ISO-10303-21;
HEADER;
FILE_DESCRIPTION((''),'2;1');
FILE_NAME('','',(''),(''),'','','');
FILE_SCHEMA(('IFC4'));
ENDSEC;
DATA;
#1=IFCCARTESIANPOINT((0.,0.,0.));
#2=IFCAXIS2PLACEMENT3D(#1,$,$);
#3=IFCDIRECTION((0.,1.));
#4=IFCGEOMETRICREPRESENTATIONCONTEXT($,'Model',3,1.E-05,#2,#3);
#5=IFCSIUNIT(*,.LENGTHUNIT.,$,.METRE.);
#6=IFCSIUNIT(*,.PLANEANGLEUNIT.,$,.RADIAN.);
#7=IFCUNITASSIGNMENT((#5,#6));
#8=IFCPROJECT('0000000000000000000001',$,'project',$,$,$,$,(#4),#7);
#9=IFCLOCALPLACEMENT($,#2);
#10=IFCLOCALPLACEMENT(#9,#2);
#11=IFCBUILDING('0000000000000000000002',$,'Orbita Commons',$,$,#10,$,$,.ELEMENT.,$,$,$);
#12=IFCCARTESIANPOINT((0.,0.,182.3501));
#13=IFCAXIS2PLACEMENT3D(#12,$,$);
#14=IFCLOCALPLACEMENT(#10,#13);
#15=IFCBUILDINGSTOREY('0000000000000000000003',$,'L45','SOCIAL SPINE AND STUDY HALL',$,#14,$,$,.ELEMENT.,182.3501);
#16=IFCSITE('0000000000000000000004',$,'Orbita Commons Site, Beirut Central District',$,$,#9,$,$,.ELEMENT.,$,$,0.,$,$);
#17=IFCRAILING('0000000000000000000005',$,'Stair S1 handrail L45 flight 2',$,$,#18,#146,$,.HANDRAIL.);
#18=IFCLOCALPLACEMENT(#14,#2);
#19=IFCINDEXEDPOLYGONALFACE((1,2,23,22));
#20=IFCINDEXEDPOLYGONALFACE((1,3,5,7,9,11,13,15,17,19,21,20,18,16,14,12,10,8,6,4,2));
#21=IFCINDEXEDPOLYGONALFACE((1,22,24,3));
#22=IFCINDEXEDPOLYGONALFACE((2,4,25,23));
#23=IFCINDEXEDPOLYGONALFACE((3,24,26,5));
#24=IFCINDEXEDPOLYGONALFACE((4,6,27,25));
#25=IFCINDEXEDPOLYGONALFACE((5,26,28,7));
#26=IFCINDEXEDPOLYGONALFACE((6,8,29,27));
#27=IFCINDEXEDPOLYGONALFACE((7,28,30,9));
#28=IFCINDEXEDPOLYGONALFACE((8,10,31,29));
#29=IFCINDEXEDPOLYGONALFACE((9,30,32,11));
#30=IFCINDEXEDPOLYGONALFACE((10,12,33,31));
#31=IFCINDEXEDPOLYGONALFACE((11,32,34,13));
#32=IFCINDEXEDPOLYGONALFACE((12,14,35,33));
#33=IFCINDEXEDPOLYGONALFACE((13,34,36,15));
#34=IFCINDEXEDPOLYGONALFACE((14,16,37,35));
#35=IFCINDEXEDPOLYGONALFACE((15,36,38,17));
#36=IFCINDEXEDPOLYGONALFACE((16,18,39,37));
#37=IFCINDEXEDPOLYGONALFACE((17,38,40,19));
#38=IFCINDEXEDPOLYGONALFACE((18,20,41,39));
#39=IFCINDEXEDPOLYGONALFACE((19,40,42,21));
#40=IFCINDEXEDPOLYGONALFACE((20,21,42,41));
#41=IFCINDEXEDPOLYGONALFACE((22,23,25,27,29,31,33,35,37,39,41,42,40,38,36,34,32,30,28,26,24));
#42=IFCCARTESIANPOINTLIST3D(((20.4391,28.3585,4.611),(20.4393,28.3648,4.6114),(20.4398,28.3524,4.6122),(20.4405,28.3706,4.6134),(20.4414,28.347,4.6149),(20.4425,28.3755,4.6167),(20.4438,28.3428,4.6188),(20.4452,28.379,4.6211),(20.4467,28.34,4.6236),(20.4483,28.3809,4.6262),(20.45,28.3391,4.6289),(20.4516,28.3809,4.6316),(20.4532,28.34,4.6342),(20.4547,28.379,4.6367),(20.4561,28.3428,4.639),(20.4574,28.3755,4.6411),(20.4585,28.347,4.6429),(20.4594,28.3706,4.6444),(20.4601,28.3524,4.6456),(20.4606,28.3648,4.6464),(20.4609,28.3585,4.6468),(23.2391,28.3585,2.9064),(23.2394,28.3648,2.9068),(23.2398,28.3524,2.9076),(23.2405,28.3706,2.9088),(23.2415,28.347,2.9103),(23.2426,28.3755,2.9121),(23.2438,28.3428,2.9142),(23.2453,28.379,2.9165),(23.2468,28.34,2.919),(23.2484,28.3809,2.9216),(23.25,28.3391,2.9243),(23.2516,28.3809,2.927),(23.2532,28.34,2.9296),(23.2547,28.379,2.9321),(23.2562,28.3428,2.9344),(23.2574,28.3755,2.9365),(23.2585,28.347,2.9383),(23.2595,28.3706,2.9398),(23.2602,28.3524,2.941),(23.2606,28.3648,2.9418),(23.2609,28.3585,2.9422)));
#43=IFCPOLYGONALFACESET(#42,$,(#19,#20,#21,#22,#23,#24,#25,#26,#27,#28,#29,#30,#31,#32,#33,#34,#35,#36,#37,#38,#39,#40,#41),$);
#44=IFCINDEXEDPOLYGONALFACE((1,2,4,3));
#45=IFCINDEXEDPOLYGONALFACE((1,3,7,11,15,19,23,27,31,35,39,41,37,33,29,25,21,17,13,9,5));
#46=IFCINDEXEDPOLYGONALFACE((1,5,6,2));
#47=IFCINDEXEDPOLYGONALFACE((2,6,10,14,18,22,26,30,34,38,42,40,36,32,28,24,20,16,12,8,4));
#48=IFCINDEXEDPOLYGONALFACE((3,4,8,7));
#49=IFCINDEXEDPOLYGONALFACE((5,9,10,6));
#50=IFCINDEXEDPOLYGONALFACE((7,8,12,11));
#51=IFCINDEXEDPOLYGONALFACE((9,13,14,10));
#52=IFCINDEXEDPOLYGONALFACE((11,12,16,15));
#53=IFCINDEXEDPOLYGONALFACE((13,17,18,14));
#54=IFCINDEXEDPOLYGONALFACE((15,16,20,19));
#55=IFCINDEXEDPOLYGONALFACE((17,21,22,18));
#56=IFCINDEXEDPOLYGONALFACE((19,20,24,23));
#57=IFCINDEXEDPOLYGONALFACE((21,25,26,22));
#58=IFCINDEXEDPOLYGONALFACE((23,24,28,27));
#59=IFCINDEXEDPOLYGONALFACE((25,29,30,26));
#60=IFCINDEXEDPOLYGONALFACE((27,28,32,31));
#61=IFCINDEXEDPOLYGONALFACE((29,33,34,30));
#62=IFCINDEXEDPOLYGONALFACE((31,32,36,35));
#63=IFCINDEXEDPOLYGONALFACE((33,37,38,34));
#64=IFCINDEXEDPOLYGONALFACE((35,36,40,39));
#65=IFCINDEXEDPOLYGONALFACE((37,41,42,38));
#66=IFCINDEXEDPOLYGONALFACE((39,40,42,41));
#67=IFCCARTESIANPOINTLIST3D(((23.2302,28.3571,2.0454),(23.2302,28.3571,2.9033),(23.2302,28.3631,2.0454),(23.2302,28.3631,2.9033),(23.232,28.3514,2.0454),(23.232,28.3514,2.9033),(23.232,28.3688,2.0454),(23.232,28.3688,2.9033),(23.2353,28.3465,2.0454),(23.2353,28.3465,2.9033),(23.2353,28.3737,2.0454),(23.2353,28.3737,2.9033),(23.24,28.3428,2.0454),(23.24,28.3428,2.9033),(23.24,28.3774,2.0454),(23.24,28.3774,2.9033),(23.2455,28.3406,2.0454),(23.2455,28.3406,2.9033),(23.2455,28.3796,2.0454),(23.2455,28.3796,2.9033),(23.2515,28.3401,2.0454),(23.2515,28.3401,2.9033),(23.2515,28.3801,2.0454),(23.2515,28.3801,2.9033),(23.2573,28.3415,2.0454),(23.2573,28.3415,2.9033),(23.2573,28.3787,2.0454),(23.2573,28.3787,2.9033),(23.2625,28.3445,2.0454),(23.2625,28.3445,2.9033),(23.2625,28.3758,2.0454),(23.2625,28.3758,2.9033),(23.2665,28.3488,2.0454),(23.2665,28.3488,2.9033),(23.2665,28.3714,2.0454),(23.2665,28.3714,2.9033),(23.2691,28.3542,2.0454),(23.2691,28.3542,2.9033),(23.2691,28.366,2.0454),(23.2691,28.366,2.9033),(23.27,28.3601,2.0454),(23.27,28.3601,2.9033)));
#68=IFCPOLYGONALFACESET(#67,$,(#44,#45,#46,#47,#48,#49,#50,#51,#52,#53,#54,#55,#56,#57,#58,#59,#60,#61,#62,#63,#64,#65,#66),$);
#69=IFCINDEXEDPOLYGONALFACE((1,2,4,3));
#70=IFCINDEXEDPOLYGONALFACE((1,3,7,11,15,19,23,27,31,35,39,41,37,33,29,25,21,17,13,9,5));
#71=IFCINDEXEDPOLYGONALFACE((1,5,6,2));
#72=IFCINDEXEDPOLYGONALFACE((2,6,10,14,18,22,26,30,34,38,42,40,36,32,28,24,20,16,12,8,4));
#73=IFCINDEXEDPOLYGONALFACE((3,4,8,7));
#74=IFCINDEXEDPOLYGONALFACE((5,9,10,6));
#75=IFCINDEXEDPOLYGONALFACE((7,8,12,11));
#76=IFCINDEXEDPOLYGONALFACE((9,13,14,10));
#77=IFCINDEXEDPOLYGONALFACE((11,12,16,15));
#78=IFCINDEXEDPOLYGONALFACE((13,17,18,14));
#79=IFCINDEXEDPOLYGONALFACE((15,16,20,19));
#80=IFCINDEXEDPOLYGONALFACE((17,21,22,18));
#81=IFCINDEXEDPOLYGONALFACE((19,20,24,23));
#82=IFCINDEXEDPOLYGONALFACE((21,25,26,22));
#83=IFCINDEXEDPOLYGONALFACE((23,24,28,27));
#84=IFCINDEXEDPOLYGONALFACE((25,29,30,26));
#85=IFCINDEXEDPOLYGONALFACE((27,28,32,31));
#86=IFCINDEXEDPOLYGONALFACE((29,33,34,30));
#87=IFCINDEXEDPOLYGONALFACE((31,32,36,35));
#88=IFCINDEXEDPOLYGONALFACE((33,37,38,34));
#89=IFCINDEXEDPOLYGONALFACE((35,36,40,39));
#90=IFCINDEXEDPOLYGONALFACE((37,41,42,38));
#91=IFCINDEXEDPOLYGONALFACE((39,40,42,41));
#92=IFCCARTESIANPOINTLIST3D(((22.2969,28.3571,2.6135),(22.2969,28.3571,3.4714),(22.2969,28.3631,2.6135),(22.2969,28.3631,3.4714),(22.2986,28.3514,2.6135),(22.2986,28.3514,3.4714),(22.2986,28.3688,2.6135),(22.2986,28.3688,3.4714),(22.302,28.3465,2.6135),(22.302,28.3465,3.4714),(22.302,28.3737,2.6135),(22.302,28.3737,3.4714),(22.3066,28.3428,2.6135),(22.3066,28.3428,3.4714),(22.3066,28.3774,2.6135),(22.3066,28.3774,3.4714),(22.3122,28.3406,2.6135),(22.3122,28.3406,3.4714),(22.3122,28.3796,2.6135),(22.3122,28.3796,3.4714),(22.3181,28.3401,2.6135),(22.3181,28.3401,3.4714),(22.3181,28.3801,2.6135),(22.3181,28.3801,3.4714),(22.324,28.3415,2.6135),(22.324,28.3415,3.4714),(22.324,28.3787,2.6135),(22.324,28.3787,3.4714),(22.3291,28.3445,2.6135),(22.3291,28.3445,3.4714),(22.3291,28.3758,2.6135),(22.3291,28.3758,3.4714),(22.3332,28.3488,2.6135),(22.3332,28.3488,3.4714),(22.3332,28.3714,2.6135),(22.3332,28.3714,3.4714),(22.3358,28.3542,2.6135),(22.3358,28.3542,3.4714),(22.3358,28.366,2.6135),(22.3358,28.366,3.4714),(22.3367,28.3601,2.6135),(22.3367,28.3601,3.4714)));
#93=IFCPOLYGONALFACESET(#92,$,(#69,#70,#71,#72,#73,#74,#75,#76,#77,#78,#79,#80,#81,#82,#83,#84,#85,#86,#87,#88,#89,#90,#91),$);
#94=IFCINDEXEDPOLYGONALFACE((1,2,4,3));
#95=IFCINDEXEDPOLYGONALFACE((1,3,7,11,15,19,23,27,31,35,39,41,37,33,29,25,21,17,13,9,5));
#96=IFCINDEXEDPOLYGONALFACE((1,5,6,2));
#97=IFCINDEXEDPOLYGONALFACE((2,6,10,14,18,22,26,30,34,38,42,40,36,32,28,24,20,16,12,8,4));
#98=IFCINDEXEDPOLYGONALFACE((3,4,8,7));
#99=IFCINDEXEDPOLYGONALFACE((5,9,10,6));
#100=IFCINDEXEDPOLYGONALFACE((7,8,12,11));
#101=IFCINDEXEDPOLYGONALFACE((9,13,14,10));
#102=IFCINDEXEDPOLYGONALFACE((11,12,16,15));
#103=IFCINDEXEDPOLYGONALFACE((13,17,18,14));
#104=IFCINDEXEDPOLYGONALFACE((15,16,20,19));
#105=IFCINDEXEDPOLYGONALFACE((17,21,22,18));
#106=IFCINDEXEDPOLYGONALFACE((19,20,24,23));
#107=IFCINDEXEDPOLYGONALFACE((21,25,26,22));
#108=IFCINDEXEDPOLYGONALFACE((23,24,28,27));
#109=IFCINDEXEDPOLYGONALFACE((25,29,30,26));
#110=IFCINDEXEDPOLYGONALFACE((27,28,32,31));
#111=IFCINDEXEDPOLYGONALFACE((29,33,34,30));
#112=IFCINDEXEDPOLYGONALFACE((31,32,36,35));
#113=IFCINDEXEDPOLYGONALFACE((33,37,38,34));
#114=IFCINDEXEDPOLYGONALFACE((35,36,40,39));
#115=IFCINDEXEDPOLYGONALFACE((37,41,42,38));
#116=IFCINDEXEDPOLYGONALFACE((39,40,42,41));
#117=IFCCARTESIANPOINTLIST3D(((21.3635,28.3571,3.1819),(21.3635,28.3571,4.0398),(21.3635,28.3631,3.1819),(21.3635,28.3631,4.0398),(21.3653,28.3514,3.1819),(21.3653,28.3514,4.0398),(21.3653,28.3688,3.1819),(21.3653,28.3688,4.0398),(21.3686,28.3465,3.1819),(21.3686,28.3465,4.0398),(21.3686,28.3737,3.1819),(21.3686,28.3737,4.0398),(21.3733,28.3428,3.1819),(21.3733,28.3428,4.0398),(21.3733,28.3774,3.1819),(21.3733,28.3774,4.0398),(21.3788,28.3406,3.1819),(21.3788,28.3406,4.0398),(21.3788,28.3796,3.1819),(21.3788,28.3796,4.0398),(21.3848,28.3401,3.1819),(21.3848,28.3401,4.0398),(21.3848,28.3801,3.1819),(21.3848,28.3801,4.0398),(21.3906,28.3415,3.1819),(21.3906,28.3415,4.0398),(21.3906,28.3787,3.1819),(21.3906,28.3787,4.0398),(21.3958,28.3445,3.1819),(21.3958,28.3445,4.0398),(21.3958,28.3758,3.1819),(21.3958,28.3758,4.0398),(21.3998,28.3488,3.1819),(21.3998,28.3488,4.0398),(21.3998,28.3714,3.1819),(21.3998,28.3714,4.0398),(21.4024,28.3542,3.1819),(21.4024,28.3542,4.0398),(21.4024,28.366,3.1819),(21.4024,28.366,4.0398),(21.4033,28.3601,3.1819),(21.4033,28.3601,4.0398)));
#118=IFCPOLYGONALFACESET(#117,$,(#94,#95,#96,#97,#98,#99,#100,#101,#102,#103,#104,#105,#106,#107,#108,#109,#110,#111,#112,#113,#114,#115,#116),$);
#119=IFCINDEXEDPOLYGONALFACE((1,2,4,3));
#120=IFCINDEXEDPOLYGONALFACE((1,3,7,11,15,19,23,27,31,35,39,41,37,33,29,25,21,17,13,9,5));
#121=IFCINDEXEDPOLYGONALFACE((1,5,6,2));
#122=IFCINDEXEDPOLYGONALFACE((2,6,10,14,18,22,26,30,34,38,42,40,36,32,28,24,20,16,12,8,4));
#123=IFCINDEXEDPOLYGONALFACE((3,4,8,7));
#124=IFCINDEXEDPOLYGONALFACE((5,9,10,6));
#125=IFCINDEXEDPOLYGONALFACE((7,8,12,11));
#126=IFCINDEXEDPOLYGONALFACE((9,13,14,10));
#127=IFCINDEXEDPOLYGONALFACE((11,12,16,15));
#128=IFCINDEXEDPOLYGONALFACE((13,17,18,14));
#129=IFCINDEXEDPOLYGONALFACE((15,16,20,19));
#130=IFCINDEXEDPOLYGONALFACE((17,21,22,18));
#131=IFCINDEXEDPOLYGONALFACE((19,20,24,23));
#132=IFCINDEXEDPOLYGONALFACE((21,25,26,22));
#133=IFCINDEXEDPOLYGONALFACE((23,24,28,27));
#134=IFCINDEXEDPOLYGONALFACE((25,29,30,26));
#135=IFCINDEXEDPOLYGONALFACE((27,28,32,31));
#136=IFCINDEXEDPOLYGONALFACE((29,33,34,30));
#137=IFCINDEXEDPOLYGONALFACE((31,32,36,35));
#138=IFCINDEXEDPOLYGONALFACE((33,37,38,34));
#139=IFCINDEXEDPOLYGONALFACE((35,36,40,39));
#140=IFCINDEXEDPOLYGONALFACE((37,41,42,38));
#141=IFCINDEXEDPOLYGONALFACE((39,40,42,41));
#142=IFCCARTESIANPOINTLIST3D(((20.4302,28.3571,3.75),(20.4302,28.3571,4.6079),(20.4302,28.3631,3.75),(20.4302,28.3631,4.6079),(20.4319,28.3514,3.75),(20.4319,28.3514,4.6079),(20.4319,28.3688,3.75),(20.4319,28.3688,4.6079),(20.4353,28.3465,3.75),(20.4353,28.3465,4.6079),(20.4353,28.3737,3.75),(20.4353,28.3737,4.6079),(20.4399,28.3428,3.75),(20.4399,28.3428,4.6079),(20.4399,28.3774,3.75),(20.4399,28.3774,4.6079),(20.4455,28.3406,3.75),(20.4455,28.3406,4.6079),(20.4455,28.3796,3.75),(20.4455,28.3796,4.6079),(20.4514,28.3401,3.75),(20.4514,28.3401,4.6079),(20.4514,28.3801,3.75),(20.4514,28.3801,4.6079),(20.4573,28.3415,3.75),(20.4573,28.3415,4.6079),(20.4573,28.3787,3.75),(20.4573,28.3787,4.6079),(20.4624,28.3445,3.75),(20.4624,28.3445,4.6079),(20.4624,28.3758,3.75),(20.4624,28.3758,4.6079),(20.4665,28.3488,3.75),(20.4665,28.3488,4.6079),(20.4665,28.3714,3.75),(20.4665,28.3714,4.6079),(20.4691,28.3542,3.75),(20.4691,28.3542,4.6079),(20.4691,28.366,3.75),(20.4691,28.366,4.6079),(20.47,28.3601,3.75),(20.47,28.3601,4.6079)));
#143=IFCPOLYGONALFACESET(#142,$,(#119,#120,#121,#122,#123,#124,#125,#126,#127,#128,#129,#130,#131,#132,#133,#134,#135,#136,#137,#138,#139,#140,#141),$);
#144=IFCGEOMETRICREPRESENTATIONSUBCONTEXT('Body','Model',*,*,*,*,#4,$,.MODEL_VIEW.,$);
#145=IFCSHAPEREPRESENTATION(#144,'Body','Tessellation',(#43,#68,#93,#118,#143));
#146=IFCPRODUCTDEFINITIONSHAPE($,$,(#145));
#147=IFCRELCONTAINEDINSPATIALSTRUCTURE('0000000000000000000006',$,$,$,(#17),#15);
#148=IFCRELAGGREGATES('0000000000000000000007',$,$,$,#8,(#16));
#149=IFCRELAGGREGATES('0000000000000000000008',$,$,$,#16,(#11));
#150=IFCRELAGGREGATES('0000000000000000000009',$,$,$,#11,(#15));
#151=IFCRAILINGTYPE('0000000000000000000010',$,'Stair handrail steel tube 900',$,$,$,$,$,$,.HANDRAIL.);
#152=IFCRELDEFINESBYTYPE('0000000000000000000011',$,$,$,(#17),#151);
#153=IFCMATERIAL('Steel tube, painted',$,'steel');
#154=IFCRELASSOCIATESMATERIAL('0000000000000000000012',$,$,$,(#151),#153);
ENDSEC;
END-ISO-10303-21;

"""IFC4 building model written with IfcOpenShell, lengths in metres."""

from ifc_helpers import new_model, si_unit, direction, frame, origin, origin_2d, place, context, subcontext, project, spatial, circle, extrude, material, type_object, element, save


model = new_model("IFC4")

# Units and contexts
model_context = context("Model", 3, precision=1e-05, world=origin(), true_north=direction((0.0, 1.0)))
body_context = subcontext(model_context, "Body", "Model", "MODEL_VIEW")
ifc_project = project(units=[si_unit("LENGTHUNIT", "METRE"), si_unit("PLANEANGLEUNIT", "RADIAN")], contexts=[model_context])

# Site, building, storey
site_placement = place(None, origin())
site = spatial("IfcSite", under=ifc_project, at=site_placement, Name="Orbita Commons Site, Beirut Central District", CompositionType="ELEMENT", RefElevation=0.0)
building_placement = place(site_placement, origin())
building = spatial("IfcBuilding", under=site, at=building_placement, Name="Orbita Commons", CompositionType="ELEMENT")
storey_placement = place(building_placement, frame((0.0, 0.0, 182.3501)))
storey = spatial("IfcBuildingStorey", under=building, at=storey_placement, Name="L45", Description="SOCIAL SPINE AND STUDY HALL", CompositionType="ELEMENT", Elevation=182.3501)

# Railing
ifc_material_1 = material(Name="Steel tube, painted", Category="steel")
railing_type = type_object("IfcRailingType", Name="Stair handrail steel tube 900", PredefinedType="HANDRAIL", material=ifc_material_1)
railing_placement = place(storey_placement, frame((23.25, 28.3601, 2.0454)))
element("IfcRailing", 1, at=railing_placement, inside=storey, type_object=railing_type, Name="Stair S1 handrail L45 flight 2", PredefinedType="HANDRAIL", context=body_context, shape_type="SweptSolid", body=[
    extrude(circle(Radius=0.021, at=origin_2d()), frame((0.0, 0.0, 0.8789), z_axis=(-0.85417, 0.0, 0.519994), x_axis=(0.0, -1.0, 0.0)), (0.0, 0.0, 1.0), 3.2781),
    extrude(circle(Radius=0.02, at=origin_2d()), origin(), (0.0, 0.0, 1.0), 0.8579),
    extrude(circle(Radius=0.02, at=origin_2d()), frame((-0.9333, 0.0, 0.5681)), (0.0, 0.0, 1.0), 0.8579),
    extrude(circle(Radius=0.02, at=origin_2d()), frame((-1.8667, 0.0, 1.1365)), (0.0, 0.0, 1.0), 0.8579),
    extrude(circle(Radius=0.02, at=origin_2d()), frame((-2.8, 0.0, 1.7046)), (0.0, 0.0, 1.0), 0.8579),
])

save(model, "model.ifc")
